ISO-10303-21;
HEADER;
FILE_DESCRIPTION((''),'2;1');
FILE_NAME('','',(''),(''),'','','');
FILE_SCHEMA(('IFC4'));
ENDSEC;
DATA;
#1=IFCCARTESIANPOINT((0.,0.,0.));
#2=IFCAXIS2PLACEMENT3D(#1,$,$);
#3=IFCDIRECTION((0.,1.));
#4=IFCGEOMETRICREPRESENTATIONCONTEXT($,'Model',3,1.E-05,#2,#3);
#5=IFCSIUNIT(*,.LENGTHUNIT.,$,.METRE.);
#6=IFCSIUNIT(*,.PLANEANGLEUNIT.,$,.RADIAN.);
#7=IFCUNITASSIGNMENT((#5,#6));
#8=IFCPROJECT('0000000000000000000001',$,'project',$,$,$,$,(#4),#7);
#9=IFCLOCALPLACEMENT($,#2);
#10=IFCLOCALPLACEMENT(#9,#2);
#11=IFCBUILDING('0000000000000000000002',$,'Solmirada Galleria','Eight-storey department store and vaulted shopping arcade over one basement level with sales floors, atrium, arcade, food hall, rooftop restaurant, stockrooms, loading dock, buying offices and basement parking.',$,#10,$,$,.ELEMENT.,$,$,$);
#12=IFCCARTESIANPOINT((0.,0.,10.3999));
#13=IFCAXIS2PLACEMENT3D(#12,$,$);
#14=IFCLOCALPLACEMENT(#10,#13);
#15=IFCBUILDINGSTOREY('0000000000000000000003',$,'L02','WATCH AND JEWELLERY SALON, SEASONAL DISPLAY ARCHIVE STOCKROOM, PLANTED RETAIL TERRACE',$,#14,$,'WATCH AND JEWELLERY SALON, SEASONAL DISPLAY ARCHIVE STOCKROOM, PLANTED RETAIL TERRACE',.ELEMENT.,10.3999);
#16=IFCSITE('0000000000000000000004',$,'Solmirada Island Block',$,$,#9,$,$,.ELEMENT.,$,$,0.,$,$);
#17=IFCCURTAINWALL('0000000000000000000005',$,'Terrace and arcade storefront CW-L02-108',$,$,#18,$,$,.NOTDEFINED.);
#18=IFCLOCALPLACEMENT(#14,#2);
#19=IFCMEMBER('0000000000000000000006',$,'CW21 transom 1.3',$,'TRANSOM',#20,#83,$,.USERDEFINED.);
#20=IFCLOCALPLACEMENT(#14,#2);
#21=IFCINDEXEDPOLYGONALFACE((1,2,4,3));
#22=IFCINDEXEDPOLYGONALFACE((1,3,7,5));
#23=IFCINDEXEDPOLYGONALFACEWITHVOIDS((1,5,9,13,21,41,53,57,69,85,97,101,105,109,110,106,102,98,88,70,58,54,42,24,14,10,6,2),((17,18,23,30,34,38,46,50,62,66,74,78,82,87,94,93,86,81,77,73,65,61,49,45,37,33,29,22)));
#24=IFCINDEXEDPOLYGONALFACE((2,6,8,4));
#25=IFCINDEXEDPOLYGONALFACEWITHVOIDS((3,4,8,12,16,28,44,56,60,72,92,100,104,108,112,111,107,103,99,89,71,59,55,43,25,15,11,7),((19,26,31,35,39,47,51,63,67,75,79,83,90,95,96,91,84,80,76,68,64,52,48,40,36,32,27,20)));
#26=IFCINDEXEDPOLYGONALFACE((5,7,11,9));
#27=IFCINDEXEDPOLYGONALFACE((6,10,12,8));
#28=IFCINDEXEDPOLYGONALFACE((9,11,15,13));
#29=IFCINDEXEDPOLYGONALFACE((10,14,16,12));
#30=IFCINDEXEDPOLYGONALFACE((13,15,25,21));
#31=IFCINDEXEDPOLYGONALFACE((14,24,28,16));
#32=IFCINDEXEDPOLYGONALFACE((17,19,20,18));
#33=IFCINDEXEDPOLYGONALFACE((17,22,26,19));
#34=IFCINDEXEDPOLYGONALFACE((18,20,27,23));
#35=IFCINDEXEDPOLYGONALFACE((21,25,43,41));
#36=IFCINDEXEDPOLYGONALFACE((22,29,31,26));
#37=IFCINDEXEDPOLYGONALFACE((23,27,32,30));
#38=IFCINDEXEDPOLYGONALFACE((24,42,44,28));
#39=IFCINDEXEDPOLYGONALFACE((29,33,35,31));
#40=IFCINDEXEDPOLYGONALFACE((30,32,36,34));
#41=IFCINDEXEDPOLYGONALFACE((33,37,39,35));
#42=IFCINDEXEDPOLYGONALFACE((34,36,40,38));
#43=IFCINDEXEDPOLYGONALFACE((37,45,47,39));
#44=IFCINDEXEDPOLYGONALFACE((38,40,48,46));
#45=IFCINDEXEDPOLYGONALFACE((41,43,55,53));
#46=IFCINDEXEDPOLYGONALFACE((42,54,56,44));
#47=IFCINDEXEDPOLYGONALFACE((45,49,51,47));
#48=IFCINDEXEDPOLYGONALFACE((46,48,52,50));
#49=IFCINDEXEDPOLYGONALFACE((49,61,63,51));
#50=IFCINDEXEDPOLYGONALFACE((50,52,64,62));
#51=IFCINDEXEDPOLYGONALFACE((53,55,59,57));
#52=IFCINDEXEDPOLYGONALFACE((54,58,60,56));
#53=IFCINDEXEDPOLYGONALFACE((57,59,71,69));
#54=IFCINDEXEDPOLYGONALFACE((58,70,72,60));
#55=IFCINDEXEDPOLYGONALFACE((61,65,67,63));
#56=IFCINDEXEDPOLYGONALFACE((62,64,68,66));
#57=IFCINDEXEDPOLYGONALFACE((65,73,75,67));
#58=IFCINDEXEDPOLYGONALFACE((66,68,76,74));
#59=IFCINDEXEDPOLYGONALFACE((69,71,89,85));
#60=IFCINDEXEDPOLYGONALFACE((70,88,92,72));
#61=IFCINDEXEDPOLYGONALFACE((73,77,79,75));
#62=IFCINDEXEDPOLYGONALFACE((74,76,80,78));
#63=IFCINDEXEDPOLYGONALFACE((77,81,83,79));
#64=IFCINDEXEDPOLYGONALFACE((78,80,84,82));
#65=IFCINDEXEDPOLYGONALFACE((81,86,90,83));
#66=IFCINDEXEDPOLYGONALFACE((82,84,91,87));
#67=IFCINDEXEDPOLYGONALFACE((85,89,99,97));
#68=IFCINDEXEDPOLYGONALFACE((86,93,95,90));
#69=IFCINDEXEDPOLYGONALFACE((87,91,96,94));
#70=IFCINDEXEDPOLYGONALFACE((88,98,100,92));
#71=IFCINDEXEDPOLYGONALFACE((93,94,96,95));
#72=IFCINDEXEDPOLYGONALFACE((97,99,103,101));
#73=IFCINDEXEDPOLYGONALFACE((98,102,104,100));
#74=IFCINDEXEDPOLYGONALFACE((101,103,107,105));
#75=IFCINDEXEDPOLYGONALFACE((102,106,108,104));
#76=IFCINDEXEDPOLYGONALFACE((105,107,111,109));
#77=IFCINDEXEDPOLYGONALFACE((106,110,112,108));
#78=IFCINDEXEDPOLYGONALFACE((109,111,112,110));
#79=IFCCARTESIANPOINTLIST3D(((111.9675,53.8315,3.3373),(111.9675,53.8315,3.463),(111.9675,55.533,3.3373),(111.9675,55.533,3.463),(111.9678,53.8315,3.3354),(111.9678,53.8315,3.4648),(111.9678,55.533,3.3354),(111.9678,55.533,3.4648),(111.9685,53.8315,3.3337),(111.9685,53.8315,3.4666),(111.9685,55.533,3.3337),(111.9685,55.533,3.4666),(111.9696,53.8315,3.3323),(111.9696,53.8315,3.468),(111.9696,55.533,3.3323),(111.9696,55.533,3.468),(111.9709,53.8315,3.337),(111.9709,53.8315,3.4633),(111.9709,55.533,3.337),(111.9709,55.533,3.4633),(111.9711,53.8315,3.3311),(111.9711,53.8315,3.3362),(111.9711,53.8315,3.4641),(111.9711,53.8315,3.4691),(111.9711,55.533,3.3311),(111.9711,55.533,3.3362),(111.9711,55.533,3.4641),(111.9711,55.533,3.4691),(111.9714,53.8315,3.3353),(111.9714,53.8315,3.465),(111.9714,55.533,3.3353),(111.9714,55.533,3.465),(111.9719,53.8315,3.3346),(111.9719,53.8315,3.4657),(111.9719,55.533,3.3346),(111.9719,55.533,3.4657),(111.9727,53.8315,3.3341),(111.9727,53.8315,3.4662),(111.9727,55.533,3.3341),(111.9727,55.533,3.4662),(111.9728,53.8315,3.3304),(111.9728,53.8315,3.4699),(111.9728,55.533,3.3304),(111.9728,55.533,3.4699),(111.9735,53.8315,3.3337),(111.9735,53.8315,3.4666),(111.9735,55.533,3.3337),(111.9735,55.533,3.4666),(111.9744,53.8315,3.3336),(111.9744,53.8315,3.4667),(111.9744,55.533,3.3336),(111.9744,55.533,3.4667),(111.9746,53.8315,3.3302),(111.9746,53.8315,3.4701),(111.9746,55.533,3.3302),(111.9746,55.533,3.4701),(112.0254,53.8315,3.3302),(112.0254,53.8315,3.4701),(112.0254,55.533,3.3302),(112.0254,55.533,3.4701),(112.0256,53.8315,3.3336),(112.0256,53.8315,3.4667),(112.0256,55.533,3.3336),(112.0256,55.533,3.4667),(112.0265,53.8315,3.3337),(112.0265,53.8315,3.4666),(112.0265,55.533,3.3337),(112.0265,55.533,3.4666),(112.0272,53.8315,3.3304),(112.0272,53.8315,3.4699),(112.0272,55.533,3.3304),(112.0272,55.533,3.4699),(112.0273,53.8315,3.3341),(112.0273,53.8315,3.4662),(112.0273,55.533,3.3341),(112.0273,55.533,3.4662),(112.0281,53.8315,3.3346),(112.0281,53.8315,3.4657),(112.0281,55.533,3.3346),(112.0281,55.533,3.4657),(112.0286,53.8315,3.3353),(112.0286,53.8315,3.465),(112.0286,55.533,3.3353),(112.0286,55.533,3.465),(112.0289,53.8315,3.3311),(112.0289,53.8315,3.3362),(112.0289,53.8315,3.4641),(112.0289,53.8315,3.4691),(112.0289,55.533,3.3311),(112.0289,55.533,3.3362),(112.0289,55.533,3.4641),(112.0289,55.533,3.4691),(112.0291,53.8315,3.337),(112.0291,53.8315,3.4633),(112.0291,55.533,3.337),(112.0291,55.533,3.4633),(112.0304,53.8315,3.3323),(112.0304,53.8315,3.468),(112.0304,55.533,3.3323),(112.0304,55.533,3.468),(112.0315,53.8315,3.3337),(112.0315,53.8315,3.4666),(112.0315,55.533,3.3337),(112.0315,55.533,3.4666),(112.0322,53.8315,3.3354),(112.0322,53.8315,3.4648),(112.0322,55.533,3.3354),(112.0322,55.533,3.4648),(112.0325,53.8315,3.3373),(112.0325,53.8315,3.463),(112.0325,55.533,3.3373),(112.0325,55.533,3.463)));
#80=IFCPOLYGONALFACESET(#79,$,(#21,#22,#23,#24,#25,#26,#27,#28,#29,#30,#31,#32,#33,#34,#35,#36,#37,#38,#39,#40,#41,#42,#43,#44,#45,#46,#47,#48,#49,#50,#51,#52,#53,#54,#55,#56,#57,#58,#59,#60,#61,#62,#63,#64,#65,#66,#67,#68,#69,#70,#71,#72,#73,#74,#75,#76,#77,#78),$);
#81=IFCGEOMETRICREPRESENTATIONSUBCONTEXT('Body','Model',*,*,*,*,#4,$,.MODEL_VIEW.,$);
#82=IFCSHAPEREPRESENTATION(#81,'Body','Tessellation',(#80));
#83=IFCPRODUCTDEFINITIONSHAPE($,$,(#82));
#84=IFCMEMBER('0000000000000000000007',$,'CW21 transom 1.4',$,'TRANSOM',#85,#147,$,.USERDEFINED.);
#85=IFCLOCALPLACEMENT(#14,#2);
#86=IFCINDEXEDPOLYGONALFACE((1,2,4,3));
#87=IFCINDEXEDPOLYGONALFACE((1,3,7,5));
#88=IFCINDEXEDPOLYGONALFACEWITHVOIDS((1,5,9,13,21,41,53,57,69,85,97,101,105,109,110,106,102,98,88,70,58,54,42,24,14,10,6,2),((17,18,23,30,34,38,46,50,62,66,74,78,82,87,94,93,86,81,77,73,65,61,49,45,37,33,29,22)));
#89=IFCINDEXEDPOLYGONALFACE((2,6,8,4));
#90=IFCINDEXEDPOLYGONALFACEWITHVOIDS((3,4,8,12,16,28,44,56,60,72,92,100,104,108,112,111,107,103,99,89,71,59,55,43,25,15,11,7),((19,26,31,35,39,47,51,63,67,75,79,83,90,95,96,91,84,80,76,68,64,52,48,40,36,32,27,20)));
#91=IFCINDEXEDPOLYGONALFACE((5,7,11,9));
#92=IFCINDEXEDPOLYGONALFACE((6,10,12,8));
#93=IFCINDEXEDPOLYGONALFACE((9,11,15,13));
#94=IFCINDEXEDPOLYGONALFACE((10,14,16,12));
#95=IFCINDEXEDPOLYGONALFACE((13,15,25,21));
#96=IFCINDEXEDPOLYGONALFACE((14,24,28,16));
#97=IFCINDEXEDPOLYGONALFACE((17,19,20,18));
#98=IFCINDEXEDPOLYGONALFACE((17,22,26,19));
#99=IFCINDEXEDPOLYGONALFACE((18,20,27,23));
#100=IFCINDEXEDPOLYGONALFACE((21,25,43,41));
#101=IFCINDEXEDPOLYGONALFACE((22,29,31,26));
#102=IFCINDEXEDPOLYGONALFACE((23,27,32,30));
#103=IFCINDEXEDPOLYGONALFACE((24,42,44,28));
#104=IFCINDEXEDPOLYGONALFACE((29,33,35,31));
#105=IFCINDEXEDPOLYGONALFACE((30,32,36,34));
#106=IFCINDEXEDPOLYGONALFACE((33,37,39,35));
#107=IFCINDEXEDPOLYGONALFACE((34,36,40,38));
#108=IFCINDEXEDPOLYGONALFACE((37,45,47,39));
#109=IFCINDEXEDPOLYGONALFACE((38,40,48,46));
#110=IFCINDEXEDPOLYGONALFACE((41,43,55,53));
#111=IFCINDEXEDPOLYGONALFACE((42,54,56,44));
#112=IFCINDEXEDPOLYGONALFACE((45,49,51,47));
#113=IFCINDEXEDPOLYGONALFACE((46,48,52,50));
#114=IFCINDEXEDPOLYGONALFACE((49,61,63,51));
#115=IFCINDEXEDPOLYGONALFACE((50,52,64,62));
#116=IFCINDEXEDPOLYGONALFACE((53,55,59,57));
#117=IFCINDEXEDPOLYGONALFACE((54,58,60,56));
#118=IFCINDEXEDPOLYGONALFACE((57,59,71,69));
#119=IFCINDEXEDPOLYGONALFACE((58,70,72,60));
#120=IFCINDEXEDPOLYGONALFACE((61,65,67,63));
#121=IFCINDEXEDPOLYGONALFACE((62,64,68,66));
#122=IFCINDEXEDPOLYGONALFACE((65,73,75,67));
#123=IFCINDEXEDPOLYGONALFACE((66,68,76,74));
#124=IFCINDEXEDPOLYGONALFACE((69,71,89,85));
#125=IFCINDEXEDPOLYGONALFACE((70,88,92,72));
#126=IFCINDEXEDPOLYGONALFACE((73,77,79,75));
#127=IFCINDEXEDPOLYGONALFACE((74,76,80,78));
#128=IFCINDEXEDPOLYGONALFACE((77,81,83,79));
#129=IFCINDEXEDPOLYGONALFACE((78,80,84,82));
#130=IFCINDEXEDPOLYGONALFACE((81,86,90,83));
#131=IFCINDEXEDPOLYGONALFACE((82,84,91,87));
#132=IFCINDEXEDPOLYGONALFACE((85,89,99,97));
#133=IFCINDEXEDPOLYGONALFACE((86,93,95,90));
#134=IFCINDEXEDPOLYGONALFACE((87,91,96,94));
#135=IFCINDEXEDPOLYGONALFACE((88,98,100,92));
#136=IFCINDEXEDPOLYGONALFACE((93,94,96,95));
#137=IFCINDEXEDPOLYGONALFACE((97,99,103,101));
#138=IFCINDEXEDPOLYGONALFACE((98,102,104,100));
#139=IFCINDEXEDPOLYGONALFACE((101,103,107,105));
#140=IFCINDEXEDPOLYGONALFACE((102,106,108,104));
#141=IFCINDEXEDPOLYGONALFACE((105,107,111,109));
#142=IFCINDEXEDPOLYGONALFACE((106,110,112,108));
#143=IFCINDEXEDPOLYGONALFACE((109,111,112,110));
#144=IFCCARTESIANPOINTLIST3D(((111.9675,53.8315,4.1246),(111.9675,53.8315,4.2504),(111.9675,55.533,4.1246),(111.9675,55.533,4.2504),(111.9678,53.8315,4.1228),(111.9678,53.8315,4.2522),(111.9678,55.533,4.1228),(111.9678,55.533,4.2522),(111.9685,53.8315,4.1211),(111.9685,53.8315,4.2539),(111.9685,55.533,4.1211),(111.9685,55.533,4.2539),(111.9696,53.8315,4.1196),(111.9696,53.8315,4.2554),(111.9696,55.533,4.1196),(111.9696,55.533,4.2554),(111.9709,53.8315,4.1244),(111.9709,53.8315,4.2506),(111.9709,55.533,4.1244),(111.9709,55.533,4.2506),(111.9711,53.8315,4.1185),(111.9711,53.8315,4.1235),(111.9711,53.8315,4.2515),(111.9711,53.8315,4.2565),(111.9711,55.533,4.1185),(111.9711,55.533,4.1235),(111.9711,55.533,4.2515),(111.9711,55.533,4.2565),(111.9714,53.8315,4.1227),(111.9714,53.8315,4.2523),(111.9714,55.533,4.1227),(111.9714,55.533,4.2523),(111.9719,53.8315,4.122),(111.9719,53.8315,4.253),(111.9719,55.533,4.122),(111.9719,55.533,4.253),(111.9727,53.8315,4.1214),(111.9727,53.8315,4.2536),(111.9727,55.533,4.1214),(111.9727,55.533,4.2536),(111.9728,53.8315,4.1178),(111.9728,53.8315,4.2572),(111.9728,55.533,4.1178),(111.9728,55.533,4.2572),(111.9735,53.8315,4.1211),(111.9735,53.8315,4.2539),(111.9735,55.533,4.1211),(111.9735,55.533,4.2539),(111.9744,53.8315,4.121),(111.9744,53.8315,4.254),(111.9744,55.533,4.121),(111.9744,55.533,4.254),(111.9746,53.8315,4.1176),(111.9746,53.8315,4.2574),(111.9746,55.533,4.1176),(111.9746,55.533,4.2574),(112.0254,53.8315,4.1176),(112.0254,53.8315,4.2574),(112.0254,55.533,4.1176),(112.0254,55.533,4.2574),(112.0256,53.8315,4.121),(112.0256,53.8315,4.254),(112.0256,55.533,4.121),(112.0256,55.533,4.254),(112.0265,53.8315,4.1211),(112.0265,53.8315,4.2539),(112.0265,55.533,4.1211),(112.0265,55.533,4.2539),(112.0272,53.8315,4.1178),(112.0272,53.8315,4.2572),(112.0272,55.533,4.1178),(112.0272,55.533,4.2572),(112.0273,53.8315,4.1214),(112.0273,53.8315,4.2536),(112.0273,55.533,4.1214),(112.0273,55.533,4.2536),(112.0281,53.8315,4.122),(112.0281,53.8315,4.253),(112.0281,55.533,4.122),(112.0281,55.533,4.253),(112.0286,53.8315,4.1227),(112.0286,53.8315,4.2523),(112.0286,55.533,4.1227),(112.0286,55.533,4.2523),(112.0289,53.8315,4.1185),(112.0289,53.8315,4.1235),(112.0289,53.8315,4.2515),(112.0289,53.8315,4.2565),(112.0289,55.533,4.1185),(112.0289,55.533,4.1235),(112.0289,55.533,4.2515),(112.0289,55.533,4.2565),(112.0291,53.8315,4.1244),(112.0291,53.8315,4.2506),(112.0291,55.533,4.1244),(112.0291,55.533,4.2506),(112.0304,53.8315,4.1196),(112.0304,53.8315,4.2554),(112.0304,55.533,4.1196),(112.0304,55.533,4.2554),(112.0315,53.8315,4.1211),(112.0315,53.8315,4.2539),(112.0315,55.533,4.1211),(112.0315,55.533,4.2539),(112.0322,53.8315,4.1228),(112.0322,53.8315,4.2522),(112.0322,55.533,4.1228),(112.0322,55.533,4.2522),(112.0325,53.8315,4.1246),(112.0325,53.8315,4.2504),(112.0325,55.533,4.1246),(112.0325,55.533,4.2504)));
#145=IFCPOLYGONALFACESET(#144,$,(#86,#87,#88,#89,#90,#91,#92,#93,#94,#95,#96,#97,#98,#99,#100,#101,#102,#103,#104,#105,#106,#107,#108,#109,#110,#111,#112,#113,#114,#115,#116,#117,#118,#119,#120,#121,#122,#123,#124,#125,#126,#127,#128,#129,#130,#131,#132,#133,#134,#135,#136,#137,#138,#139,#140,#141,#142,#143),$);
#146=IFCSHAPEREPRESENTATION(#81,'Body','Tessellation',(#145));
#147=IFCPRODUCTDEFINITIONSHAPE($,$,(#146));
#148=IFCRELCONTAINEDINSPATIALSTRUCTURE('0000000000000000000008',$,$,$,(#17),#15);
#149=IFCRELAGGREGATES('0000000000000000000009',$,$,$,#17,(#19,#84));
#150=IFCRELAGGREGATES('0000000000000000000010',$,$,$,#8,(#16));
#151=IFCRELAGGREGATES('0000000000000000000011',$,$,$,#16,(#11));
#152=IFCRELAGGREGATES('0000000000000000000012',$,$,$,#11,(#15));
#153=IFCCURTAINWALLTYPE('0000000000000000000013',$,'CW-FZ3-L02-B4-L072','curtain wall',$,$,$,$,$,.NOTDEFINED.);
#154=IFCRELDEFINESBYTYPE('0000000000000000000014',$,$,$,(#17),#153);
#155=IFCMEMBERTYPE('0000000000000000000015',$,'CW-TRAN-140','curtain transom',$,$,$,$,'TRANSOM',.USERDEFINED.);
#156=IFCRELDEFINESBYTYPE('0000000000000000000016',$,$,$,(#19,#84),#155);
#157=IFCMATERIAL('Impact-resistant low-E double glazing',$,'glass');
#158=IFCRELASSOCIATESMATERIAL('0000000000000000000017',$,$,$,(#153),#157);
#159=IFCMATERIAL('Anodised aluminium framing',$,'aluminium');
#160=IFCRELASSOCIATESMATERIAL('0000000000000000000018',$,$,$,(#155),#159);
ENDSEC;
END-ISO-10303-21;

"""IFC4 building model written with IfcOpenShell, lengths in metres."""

from ifc_helpers import new_model, si_unit, direction, frame, origin, origin_2d, place, context, subcontext, project, spatial, hollow_rectangle, extrude, material, material_profile, profile_set, type_object, element, aggregate, save


model = new_model("IFC4")

# Units and contexts
model_context = context("Model", 3, precision=1e-05, world=origin(), true_north=direction((0.0, 1.0)))
body_context = subcontext(model_context, "Body", "Model", "MODEL_VIEW")
ifc_project = project(units=[si_unit("LENGTHUNIT", "METRE"), si_unit("PLANEANGLEUNIT", "RADIAN")], contexts=[model_context])

# Site, building, storey
site_placement = place(None, origin())
site = spatial("IfcSite", under=ifc_project, at=site_placement, Name="Solmirada Island Block", CompositionType="ELEMENT", RefElevation=0.0)
building_placement = place(site_placement, origin())
building = spatial("IfcBuilding", under=site, at=building_placement, Name="Solmirada Galleria", Description="Eight-storey department store and vaulted shopping arcade over one basement level with sales floors, atrium, arcade, food hall, rooftop restaurant, stockrooms, loading dock, buying offices and basement parking.", CompositionType="ELEMENT")
storey_placement = place(building_placement, frame((0.0, 0.0, 10.3999)))
storey = spatial("IfcBuildingStorey", under=building, at=storey_placement, Name="L02", Description="WATCH AND JEWELLERY SALON, SEASONAL DISPLAY ARCHIVE STOCKROOM, PLANTED RETAIL TERRACE", LongName="WATCH AND JEWELLERY SALON, SEASONAL DISPLAY ARCHIVE STOCKROOM, PLANTED RETAIL TERRACE", CompositionType="ELEMENT", Elevation=10.3999)

# Curtain wall
ifc_material_1 = material(Name="Impact-resistant low-E double glazing", Category="glass")
curtain_wall_type = type_object("IfcCurtainWallType", Name="CW-FZ3-L02-B4-L072", Description="curtain wall", PredefinedType="NOTDEFINED", material=ifc_material_1)
ifc_material_2 = material(Name="Anodised aluminium framing", Category="aluminium")
curtain_wall_1_placement = place(storey_placement, origin())
curtain_wall_1 = element("IfcCurtainWall", 1, at=curtain_wall_1_placement, inside=storey, type_object=curtain_wall_type, Name="Terrace and arcade storefront CW-L02-108", PredefinedType="NOTDEFINED")

# Members
ifc_material_profile_1 = material_profile(ifc_material_2, hollow_rectangle(XDim=0.0649, YDim=0.1399, WallThickness=0.0034, InnerFilletRadius=0.0034, OuterFilletRadius=0.0071, at=origin_2d()), Name="ALU-TRAN-140X65")
ifc_profile_set_1 = profile_set([ifc_material_profile_1], Name="Anodised aluminium framing")
member_type_1 = type_object("IfcMemberType", Name="CW-TRAN-140", Description="curtain transom", ElementType="TRANSOM", PredefinedType="USERDEFINED", material=ifc_profile_set_1)
member_1_placement = place(storey_placement, frame((112.0, 55.533, 3.4001), z_axis=(0.0, -1.0, 0.0), x_axis=(1.0, 0.0, 0.0)))
member_1 = element("IfcMember", 2, at=member_1_placement, type_object=member_type_1, Name="CW21 transom 1.3", ObjectType="TRANSOM", PredefinedType="USERDEFINED", context=body_context, shape_type="SweptSolid", body=[
    extrude(hollow_rectangle(XDim=0.0649, YDim=0.1399, WallThickness=0.0034, InnerFilletRadius=0.0034, OuterFilletRadius=0.0071, at=origin_2d()), origin(), (0.0, 0.0, 1.0), 1.7014),
])
member_2_placement = place(storey_placement, frame((112.0, 55.533, 4.1875), z_axis=(0.0, -1.0, 0.0), x_axis=(1.0, 0.0, 0.0)))
member_2 = element("IfcMember", 3, at=member_2_placement, type_object=member_type_1, Name="CW21 transom 1.4", ObjectType="TRANSOM", PredefinedType="USERDEFINED", context=body_context, shape_type="SweptSolid", body=[
    extrude(hollow_rectangle(XDim=0.0649, YDim=0.1399, WallThickness=0.0034, InnerFilletRadius=0.0034, OuterFilletRadius=0.0071, at=origin_2d()), origin(), (0.0, 0.0, 1.0), 1.7014),
])

aggregate(curtain_wall_1, [member_1, member_2])

save(model, "model.ifc")
